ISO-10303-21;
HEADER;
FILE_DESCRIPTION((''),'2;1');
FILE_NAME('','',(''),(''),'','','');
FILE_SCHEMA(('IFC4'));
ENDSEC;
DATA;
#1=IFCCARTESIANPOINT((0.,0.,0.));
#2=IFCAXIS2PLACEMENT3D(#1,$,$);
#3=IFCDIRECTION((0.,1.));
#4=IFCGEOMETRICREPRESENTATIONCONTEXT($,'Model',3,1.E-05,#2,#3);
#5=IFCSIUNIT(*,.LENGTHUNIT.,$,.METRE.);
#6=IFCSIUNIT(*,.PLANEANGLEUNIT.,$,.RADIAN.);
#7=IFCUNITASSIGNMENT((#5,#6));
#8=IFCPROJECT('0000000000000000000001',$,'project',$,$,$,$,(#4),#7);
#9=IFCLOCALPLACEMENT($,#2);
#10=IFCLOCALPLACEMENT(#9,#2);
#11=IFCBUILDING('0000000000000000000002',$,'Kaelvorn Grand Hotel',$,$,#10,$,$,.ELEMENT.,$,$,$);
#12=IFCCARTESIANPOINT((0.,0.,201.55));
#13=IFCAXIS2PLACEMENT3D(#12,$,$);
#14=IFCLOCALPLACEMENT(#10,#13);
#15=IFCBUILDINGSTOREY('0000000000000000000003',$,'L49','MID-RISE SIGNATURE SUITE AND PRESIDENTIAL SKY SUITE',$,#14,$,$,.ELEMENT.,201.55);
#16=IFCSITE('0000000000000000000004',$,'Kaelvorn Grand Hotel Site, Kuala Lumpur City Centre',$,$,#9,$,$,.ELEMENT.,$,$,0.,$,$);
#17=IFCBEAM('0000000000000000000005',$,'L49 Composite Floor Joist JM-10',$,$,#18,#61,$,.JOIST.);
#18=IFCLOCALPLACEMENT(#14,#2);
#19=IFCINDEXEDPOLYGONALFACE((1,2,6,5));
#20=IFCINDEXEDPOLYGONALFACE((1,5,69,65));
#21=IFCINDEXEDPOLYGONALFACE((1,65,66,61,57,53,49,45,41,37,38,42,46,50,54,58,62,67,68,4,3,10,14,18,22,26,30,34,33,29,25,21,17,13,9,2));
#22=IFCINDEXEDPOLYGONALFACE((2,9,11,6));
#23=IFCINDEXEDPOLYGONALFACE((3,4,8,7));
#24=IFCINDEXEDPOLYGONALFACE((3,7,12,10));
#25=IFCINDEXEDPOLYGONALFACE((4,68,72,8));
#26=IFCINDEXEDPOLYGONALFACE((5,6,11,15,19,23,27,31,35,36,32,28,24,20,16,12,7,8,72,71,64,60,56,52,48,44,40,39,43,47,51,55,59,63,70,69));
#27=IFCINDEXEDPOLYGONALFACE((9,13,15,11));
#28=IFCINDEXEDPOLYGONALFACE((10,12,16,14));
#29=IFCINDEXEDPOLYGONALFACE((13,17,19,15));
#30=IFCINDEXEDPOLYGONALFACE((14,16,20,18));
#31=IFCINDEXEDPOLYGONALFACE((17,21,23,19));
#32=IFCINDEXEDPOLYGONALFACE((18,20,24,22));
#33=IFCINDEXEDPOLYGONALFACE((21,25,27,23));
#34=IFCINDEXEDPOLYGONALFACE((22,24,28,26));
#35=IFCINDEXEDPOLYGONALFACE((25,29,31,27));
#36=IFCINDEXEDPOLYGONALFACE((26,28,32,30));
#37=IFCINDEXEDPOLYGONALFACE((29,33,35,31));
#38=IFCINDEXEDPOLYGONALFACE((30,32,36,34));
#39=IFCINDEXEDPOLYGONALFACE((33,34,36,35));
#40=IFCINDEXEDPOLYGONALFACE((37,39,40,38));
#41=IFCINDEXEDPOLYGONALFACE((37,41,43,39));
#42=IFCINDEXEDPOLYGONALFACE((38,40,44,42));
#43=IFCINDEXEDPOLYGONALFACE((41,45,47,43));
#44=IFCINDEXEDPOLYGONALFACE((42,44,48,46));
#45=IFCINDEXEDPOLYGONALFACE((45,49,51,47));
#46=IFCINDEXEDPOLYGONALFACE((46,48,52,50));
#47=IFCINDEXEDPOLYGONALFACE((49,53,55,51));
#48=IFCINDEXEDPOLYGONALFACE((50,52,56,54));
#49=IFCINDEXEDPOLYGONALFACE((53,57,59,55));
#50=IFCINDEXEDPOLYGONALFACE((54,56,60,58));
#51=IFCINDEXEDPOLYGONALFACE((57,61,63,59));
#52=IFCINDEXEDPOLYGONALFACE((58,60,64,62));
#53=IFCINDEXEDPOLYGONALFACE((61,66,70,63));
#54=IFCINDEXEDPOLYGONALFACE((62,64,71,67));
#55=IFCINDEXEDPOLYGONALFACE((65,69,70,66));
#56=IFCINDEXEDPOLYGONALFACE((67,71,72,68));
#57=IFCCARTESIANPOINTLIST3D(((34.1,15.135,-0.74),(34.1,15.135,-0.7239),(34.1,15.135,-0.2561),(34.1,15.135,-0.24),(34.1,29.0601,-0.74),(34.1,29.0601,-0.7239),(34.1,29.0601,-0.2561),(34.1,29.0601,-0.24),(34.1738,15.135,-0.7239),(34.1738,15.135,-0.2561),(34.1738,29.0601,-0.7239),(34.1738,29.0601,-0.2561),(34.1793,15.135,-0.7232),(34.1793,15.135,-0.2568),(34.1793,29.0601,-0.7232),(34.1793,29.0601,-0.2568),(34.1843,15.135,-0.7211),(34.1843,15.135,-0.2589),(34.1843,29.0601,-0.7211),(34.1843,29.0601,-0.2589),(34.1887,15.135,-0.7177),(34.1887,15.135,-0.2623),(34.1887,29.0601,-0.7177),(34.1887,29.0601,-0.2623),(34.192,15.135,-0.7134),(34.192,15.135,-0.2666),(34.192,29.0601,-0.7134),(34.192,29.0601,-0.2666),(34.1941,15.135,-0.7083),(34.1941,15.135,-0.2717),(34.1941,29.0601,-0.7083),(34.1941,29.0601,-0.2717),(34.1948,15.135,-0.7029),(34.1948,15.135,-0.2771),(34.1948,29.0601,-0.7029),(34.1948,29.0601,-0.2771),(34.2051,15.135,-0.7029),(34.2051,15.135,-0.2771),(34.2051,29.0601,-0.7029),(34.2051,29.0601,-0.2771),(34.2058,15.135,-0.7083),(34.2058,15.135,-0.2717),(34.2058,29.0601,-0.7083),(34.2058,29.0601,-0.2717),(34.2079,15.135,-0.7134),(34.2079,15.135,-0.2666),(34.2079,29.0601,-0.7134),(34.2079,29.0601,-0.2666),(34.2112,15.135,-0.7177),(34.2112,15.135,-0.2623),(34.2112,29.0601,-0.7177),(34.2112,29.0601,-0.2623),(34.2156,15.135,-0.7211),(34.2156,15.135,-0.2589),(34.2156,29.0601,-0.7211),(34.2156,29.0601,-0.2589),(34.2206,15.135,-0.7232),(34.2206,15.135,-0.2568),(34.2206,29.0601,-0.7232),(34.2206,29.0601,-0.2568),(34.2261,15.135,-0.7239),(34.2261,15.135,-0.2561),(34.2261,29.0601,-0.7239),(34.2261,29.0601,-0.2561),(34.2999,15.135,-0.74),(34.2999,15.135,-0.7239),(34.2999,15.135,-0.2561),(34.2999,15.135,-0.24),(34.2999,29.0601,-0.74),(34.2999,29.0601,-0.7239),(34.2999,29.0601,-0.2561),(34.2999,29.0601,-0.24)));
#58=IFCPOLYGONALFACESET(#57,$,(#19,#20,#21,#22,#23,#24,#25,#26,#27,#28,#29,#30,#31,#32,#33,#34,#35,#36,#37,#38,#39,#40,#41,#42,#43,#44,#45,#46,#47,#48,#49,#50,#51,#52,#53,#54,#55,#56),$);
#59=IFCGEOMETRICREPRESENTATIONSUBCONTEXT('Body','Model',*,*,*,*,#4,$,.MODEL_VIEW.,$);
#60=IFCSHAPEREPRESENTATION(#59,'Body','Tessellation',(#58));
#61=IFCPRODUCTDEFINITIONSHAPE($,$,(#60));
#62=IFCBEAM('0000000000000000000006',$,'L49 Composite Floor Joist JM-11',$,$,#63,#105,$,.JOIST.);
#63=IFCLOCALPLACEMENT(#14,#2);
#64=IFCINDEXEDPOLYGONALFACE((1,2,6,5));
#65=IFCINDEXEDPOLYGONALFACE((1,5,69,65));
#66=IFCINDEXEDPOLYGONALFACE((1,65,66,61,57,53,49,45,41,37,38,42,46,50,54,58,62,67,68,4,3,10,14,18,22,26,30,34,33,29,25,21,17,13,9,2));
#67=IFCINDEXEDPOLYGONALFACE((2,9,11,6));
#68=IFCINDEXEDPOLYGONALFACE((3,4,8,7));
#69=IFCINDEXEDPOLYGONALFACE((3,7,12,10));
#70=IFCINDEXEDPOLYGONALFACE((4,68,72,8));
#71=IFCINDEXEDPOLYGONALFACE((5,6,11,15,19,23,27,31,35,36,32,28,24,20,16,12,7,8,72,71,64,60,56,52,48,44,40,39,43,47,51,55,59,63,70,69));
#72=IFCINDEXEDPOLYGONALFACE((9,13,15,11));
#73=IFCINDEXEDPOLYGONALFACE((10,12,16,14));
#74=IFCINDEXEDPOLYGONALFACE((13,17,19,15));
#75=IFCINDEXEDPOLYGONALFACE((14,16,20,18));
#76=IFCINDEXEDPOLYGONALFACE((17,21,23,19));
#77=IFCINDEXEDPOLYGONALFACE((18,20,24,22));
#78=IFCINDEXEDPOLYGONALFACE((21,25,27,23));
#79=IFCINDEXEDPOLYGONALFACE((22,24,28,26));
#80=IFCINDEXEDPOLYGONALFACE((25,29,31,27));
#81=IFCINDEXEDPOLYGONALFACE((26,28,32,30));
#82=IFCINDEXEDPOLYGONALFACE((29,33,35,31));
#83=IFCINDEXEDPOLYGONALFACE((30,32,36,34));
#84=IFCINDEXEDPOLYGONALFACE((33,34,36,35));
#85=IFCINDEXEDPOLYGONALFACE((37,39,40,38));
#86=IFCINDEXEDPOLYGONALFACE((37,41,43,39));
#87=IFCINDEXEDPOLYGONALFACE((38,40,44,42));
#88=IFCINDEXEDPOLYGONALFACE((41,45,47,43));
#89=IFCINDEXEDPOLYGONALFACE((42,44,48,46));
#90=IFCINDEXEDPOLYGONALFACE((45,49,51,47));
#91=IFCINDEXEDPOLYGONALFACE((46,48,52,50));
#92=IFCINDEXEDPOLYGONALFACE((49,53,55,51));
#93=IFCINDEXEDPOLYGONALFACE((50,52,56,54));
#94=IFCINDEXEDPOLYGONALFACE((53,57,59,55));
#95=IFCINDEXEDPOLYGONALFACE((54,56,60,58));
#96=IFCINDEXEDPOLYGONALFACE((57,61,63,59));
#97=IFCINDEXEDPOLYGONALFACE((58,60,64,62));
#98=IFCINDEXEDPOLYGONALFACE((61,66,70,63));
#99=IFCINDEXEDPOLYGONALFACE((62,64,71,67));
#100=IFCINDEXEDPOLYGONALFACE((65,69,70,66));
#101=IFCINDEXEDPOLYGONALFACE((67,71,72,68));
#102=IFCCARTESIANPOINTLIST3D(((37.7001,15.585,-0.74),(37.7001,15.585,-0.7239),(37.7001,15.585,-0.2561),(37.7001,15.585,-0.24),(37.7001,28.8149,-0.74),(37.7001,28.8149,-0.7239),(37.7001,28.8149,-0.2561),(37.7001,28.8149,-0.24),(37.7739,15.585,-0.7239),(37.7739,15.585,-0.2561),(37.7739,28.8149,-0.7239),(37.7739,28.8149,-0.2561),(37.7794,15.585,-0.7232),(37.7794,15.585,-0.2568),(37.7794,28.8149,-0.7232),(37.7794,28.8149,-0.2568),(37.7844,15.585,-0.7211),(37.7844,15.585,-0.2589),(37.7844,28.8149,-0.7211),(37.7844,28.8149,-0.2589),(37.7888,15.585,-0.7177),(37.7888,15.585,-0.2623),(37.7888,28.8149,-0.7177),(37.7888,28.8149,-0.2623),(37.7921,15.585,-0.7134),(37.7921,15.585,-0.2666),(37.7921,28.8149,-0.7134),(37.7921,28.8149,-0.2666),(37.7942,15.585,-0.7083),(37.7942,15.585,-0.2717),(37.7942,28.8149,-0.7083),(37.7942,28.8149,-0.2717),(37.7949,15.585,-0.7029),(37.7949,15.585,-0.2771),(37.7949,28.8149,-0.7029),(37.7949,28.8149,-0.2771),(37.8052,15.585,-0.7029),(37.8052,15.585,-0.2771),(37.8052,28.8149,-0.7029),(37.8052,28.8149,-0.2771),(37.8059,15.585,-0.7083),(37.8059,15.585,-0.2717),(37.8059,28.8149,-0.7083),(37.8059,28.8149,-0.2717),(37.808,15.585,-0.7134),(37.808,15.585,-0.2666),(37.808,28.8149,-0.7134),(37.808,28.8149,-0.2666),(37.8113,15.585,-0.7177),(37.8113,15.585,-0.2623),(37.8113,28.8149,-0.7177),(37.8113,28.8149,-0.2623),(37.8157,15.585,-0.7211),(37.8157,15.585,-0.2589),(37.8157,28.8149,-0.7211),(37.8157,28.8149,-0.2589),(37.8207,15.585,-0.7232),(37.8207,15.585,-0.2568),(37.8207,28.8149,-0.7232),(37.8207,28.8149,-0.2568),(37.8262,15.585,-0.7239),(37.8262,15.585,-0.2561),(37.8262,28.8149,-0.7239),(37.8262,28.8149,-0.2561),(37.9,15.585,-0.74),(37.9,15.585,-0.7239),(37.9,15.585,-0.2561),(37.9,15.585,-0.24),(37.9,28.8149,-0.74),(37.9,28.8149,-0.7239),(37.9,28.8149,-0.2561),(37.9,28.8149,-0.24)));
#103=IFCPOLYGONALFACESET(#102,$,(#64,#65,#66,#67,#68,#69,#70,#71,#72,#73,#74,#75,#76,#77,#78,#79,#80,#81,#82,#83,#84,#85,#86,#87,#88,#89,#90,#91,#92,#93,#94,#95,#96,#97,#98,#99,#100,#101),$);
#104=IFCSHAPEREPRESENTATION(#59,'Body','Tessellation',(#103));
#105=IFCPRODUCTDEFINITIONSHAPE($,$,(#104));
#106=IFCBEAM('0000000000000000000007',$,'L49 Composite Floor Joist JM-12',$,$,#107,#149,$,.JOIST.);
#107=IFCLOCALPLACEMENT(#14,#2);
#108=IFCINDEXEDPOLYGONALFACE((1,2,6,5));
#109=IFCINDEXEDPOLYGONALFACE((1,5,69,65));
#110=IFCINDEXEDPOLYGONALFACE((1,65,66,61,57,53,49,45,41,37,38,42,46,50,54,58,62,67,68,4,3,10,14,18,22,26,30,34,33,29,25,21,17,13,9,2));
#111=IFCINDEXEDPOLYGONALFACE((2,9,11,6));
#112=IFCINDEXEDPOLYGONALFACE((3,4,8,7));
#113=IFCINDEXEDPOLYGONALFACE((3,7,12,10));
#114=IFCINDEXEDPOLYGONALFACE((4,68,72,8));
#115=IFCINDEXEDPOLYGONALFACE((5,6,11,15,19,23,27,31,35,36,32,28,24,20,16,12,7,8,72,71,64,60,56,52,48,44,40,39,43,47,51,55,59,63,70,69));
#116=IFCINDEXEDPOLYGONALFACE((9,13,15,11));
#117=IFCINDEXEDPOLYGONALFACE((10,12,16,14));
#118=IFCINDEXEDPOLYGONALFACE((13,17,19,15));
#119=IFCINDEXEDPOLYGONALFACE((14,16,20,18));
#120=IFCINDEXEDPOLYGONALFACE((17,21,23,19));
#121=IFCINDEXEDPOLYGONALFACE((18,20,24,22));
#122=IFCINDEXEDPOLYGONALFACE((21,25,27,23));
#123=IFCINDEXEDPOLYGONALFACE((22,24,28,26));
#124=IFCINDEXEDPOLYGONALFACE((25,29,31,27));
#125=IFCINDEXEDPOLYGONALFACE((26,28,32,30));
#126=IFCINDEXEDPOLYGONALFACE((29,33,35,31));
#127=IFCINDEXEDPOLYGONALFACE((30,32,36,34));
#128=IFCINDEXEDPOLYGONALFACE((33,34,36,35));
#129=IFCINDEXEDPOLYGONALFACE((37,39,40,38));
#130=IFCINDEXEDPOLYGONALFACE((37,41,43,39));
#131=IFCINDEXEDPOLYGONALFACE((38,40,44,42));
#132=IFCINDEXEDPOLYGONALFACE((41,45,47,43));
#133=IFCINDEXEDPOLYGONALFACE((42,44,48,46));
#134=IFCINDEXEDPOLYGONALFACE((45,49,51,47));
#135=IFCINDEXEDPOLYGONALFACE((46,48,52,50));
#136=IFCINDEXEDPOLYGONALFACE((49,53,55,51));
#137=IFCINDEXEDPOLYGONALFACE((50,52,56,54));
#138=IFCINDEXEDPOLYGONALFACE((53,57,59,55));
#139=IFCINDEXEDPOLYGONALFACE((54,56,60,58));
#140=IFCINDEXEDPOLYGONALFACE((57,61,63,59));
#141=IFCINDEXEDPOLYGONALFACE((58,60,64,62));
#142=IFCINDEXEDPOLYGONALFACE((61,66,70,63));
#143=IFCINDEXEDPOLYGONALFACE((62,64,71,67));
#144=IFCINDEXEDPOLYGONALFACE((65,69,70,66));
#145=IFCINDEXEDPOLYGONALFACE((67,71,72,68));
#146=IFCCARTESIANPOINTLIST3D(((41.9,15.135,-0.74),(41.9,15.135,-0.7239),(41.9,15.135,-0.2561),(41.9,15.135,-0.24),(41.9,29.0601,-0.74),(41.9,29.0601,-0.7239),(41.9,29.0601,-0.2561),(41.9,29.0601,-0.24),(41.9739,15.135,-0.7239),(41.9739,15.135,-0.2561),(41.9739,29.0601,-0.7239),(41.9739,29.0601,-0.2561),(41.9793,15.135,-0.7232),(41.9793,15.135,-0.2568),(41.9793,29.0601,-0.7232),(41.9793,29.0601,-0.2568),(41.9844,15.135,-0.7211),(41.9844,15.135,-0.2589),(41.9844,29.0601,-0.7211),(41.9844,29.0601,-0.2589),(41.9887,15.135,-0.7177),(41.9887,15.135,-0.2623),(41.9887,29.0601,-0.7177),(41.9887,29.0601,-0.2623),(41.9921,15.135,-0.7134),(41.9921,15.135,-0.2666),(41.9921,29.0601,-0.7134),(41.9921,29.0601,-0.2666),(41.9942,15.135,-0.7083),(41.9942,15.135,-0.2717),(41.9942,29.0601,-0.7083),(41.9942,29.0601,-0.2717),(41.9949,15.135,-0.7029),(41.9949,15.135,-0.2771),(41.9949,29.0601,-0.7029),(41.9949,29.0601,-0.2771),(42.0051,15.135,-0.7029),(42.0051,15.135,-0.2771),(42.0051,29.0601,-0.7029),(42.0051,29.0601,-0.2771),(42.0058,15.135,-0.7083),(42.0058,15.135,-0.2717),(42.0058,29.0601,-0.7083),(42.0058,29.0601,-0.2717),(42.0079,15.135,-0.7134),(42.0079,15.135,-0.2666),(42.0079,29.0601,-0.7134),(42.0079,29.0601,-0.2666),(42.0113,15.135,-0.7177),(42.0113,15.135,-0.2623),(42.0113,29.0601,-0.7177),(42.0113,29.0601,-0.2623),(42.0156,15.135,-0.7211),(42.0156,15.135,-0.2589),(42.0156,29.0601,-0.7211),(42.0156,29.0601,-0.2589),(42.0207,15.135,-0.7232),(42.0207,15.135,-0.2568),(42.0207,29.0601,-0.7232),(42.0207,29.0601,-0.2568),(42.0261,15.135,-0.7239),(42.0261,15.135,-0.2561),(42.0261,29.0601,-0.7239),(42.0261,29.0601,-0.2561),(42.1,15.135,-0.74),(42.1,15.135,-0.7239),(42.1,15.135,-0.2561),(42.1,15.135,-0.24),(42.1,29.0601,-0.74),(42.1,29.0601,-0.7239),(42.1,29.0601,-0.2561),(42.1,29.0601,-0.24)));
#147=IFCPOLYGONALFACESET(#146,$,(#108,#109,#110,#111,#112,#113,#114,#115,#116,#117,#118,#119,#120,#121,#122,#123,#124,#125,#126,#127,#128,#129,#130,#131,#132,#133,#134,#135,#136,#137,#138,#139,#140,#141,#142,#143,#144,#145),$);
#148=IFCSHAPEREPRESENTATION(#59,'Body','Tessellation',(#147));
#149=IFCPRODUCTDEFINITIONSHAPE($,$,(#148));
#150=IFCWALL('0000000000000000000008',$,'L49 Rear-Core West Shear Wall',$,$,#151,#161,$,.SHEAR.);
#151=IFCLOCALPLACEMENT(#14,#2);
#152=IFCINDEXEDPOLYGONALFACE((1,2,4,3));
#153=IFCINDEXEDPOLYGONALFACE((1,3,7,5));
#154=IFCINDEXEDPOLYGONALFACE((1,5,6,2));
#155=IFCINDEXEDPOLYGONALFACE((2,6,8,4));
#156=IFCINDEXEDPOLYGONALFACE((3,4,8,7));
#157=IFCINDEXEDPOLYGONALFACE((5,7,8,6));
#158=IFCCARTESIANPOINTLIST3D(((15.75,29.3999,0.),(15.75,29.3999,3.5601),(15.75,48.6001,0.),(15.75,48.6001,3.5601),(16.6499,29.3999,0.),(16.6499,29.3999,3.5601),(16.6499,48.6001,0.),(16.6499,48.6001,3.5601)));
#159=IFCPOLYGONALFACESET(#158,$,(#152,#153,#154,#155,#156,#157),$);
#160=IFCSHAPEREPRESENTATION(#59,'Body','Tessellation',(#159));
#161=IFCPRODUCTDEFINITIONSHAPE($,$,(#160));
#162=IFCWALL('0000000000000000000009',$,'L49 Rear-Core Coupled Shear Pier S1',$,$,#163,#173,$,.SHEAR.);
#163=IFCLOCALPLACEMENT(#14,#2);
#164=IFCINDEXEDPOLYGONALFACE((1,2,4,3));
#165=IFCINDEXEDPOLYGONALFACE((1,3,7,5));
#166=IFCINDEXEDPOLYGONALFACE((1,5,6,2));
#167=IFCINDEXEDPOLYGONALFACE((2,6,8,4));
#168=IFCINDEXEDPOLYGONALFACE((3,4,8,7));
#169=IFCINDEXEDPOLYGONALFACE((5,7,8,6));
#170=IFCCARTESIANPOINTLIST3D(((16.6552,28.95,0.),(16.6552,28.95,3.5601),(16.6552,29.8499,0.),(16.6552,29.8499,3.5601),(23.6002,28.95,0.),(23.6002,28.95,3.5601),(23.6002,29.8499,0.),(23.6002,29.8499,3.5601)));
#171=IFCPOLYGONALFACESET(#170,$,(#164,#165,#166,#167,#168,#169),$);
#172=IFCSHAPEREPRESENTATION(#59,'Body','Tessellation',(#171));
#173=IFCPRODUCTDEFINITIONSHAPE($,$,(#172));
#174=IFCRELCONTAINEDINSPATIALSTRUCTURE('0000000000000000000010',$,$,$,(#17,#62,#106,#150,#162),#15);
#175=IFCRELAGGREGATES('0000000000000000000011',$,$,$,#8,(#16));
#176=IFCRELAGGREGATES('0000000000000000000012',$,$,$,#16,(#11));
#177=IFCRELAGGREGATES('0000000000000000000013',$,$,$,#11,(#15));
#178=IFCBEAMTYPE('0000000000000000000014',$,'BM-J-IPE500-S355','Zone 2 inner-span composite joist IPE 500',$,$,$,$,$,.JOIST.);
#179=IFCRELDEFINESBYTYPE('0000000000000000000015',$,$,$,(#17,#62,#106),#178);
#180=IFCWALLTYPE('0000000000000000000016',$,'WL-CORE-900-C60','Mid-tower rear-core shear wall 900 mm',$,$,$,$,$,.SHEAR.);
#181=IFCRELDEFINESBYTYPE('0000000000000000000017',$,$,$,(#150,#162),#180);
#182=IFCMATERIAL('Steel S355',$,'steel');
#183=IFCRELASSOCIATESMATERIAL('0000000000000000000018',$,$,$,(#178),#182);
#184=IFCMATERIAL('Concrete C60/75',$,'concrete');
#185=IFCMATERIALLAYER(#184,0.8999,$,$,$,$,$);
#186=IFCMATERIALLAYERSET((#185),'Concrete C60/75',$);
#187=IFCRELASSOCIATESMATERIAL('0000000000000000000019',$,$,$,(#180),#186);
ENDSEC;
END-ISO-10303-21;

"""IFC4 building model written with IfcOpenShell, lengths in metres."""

from ifc_helpers import new_model, si_unit, direction, frame, frame_2d, origin, origin_2d, place, context, subcontext, project, spatial, rectangle, i_section, extrude, material, layer, layer_set, material_profile, profile_set, type_object, element, save


model = new_model("IFC4")

# Units and contexts
model_context = context("Model", 3, precision=1e-05, world=origin(), true_north=direction((0.0, 1.0)))
body_context = subcontext(model_context, "Body", "Model", "MODEL_VIEW")
ifc_project = project(units=[si_unit("LENGTHUNIT", "METRE"), si_unit("PLANEANGLEUNIT", "RADIAN")], contexts=[model_context])

# Site, building, storey
site_placement = place(None, origin())
site = spatial("IfcSite", under=ifc_project, at=site_placement, Name="Kaelvorn Grand Hotel Site, Kuala Lumpur City Centre", CompositionType="ELEMENT", RefElevation=0.0)
building_placement = place(site_placement, origin())
building = spatial("IfcBuilding", under=site, at=building_placement, Name="Kaelvorn Grand Hotel", CompositionType="ELEMENT")
storey_placement = place(building_placement, frame((0.0, 0.0, 201.55)))
storey = spatial("IfcBuildingStorey", under=building, at=storey_placement, Name="L49", Description="MID-RISE SIGNATURE SUITE AND PRESIDENTIAL SKY SUITE", CompositionType="ELEMENT", Elevation=201.55)

# Shared definitions
ifc_material_1 = material(Name="Concrete C60/75", Category="concrete")

# Beams
ifc_material_2 = material(Name="Steel S355", Category="steel")
ifc_material_profile_1 = material_profile(ifc_material_2, i_section(OverallWidth=0.2, OverallDepth=0.5, WebThickness=0.0103, FlangeThickness=0.0161, FilletRadius=0.021, at=origin_2d()), Name="IPE 500")
ifc_profile_set_1 = profile_set([ifc_material_profile_1], Name="Steel S355")
beam_type_1 = type_object("IfcBeamType", Name="BM-J-IPE500-S355", Description="Zone 2 inner-span composite joist IPE 500", PredefinedType="JOIST", material=ifc_profile_set_1)
beam_1_placement = place(storey_placement, frame((34.2, 15.135, -0.49), z_axis=(0.0, 1.0, 0.0), x_axis=(-1.0, 0.0, 0.0)))
element("IfcBeam", 1, at=beam_1_placement, inside=storey, type_object=beam_type_1, Name="L49 Composite Floor Joist JM-10", PredefinedType="JOIST", context=body_context, shape_type="SweptSolid", body=[
    extrude(i_section(OverallWidth=0.2, OverallDepth=0.5, WebThickness=0.0103, FlangeThickness=0.0161, FilletRadius=0.021, at=origin_2d()), origin(), (0.0, 0.0, 1.0), 13.925),
])
beam_2_placement = place(storey_placement, frame((37.8, 15.585, -0.49), z_axis=(0.0, 1.0, 0.0), x_axis=(-1.0, 0.0, 0.0)))
element("IfcBeam", 2, at=beam_2_placement, inside=storey, type_object=beam_type_1, Name="L49 Composite Floor Joist JM-11", PredefinedType="JOIST", context=body_context, shape_type="SweptSolid", body=[
    extrude(i_section(OverallWidth=0.2, OverallDepth=0.5, WebThickness=0.0103, FlangeThickness=0.0161, FilletRadius=0.021, at=origin_2d()), origin(), (0.0, 0.0, 1.0), 13.23),
])
beam_3_placement = place(storey_placement, frame((42.0, 15.135, -0.49), z_axis=(0.0, 1.0, 0.0), x_axis=(-1.0, 0.0, 0.0)))
element("IfcBeam", 3, at=beam_3_placement, inside=storey, type_object=beam_type_1, Name="L49 Composite Floor Joist JM-12", PredefinedType="JOIST", context=body_context, shape_type="SweptSolid", body=[
    extrude(i_section(OverallWidth=0.2, OverallDepth=0.5, WebThickness=0.0103, FlangeThickness=0.0161, FilletRadius=0.021, at=origin_2d()), origin(), (0.0, 0.0, 1.0), 13.925),
])

# Walls
ifc_layer_1 = layer(ifc_material_1, 0.8999)
ifc_layer_set_1 = layer_set([ifc_layer_1], Name="Concrete C60/75")
wall_type_1 = type_object("IfcWallType", Name="WL-CORE-900-C60", Description="Mid-tower rear-core shear wall 900 mm", PredefinedType="SHEAR", material=ifc_layer_set_1)
wall_1_placement = place(storey_placement, frame((16.2, 29.3999, 0.0), z_axis=(0.0, 0.0, 1.0), x_axis=(0.0, 1.0, 0.0)))
element("IfcWall", 4, at=wall_1_placement, inside=storey, type_object=wall_type_1, Name="L49 Rear-Core West Shear Wall", PredefinedType="SHEAR", context=body_context, shape_type="SweptSolid", body=[
    extrude(rectangle(XDim=19.2002, YDim=0.8999, at=frame_2d((9.6001, 0.0))), origin(), (0.0, 0.0, 1.0), 3.5601),
])
wall_2_placement = place(storey_placement, frame((16.655, 29.3999, 0.0), z_axis=(0.0, 0.0, 1.0), x_axis=(1.0, 0.0, 0.0)))
element("IfcWall", 5, at=wall_2_placement, inside=storey, type_object=wall_type_1, Name="L49 Rear-Core Coupled Shear Pier S1", PredefinedType="SHEAR", context=body_context, shape_type="SweptSolid", body=[
    extrude(rectangle(XDim=6.9451, YDim=0.8999, at=frame_2d((3.4727, 0.0))), origin(), (0.0, 0.0, 1.0), 3.5601),
])

save(model, "model.ifc")
